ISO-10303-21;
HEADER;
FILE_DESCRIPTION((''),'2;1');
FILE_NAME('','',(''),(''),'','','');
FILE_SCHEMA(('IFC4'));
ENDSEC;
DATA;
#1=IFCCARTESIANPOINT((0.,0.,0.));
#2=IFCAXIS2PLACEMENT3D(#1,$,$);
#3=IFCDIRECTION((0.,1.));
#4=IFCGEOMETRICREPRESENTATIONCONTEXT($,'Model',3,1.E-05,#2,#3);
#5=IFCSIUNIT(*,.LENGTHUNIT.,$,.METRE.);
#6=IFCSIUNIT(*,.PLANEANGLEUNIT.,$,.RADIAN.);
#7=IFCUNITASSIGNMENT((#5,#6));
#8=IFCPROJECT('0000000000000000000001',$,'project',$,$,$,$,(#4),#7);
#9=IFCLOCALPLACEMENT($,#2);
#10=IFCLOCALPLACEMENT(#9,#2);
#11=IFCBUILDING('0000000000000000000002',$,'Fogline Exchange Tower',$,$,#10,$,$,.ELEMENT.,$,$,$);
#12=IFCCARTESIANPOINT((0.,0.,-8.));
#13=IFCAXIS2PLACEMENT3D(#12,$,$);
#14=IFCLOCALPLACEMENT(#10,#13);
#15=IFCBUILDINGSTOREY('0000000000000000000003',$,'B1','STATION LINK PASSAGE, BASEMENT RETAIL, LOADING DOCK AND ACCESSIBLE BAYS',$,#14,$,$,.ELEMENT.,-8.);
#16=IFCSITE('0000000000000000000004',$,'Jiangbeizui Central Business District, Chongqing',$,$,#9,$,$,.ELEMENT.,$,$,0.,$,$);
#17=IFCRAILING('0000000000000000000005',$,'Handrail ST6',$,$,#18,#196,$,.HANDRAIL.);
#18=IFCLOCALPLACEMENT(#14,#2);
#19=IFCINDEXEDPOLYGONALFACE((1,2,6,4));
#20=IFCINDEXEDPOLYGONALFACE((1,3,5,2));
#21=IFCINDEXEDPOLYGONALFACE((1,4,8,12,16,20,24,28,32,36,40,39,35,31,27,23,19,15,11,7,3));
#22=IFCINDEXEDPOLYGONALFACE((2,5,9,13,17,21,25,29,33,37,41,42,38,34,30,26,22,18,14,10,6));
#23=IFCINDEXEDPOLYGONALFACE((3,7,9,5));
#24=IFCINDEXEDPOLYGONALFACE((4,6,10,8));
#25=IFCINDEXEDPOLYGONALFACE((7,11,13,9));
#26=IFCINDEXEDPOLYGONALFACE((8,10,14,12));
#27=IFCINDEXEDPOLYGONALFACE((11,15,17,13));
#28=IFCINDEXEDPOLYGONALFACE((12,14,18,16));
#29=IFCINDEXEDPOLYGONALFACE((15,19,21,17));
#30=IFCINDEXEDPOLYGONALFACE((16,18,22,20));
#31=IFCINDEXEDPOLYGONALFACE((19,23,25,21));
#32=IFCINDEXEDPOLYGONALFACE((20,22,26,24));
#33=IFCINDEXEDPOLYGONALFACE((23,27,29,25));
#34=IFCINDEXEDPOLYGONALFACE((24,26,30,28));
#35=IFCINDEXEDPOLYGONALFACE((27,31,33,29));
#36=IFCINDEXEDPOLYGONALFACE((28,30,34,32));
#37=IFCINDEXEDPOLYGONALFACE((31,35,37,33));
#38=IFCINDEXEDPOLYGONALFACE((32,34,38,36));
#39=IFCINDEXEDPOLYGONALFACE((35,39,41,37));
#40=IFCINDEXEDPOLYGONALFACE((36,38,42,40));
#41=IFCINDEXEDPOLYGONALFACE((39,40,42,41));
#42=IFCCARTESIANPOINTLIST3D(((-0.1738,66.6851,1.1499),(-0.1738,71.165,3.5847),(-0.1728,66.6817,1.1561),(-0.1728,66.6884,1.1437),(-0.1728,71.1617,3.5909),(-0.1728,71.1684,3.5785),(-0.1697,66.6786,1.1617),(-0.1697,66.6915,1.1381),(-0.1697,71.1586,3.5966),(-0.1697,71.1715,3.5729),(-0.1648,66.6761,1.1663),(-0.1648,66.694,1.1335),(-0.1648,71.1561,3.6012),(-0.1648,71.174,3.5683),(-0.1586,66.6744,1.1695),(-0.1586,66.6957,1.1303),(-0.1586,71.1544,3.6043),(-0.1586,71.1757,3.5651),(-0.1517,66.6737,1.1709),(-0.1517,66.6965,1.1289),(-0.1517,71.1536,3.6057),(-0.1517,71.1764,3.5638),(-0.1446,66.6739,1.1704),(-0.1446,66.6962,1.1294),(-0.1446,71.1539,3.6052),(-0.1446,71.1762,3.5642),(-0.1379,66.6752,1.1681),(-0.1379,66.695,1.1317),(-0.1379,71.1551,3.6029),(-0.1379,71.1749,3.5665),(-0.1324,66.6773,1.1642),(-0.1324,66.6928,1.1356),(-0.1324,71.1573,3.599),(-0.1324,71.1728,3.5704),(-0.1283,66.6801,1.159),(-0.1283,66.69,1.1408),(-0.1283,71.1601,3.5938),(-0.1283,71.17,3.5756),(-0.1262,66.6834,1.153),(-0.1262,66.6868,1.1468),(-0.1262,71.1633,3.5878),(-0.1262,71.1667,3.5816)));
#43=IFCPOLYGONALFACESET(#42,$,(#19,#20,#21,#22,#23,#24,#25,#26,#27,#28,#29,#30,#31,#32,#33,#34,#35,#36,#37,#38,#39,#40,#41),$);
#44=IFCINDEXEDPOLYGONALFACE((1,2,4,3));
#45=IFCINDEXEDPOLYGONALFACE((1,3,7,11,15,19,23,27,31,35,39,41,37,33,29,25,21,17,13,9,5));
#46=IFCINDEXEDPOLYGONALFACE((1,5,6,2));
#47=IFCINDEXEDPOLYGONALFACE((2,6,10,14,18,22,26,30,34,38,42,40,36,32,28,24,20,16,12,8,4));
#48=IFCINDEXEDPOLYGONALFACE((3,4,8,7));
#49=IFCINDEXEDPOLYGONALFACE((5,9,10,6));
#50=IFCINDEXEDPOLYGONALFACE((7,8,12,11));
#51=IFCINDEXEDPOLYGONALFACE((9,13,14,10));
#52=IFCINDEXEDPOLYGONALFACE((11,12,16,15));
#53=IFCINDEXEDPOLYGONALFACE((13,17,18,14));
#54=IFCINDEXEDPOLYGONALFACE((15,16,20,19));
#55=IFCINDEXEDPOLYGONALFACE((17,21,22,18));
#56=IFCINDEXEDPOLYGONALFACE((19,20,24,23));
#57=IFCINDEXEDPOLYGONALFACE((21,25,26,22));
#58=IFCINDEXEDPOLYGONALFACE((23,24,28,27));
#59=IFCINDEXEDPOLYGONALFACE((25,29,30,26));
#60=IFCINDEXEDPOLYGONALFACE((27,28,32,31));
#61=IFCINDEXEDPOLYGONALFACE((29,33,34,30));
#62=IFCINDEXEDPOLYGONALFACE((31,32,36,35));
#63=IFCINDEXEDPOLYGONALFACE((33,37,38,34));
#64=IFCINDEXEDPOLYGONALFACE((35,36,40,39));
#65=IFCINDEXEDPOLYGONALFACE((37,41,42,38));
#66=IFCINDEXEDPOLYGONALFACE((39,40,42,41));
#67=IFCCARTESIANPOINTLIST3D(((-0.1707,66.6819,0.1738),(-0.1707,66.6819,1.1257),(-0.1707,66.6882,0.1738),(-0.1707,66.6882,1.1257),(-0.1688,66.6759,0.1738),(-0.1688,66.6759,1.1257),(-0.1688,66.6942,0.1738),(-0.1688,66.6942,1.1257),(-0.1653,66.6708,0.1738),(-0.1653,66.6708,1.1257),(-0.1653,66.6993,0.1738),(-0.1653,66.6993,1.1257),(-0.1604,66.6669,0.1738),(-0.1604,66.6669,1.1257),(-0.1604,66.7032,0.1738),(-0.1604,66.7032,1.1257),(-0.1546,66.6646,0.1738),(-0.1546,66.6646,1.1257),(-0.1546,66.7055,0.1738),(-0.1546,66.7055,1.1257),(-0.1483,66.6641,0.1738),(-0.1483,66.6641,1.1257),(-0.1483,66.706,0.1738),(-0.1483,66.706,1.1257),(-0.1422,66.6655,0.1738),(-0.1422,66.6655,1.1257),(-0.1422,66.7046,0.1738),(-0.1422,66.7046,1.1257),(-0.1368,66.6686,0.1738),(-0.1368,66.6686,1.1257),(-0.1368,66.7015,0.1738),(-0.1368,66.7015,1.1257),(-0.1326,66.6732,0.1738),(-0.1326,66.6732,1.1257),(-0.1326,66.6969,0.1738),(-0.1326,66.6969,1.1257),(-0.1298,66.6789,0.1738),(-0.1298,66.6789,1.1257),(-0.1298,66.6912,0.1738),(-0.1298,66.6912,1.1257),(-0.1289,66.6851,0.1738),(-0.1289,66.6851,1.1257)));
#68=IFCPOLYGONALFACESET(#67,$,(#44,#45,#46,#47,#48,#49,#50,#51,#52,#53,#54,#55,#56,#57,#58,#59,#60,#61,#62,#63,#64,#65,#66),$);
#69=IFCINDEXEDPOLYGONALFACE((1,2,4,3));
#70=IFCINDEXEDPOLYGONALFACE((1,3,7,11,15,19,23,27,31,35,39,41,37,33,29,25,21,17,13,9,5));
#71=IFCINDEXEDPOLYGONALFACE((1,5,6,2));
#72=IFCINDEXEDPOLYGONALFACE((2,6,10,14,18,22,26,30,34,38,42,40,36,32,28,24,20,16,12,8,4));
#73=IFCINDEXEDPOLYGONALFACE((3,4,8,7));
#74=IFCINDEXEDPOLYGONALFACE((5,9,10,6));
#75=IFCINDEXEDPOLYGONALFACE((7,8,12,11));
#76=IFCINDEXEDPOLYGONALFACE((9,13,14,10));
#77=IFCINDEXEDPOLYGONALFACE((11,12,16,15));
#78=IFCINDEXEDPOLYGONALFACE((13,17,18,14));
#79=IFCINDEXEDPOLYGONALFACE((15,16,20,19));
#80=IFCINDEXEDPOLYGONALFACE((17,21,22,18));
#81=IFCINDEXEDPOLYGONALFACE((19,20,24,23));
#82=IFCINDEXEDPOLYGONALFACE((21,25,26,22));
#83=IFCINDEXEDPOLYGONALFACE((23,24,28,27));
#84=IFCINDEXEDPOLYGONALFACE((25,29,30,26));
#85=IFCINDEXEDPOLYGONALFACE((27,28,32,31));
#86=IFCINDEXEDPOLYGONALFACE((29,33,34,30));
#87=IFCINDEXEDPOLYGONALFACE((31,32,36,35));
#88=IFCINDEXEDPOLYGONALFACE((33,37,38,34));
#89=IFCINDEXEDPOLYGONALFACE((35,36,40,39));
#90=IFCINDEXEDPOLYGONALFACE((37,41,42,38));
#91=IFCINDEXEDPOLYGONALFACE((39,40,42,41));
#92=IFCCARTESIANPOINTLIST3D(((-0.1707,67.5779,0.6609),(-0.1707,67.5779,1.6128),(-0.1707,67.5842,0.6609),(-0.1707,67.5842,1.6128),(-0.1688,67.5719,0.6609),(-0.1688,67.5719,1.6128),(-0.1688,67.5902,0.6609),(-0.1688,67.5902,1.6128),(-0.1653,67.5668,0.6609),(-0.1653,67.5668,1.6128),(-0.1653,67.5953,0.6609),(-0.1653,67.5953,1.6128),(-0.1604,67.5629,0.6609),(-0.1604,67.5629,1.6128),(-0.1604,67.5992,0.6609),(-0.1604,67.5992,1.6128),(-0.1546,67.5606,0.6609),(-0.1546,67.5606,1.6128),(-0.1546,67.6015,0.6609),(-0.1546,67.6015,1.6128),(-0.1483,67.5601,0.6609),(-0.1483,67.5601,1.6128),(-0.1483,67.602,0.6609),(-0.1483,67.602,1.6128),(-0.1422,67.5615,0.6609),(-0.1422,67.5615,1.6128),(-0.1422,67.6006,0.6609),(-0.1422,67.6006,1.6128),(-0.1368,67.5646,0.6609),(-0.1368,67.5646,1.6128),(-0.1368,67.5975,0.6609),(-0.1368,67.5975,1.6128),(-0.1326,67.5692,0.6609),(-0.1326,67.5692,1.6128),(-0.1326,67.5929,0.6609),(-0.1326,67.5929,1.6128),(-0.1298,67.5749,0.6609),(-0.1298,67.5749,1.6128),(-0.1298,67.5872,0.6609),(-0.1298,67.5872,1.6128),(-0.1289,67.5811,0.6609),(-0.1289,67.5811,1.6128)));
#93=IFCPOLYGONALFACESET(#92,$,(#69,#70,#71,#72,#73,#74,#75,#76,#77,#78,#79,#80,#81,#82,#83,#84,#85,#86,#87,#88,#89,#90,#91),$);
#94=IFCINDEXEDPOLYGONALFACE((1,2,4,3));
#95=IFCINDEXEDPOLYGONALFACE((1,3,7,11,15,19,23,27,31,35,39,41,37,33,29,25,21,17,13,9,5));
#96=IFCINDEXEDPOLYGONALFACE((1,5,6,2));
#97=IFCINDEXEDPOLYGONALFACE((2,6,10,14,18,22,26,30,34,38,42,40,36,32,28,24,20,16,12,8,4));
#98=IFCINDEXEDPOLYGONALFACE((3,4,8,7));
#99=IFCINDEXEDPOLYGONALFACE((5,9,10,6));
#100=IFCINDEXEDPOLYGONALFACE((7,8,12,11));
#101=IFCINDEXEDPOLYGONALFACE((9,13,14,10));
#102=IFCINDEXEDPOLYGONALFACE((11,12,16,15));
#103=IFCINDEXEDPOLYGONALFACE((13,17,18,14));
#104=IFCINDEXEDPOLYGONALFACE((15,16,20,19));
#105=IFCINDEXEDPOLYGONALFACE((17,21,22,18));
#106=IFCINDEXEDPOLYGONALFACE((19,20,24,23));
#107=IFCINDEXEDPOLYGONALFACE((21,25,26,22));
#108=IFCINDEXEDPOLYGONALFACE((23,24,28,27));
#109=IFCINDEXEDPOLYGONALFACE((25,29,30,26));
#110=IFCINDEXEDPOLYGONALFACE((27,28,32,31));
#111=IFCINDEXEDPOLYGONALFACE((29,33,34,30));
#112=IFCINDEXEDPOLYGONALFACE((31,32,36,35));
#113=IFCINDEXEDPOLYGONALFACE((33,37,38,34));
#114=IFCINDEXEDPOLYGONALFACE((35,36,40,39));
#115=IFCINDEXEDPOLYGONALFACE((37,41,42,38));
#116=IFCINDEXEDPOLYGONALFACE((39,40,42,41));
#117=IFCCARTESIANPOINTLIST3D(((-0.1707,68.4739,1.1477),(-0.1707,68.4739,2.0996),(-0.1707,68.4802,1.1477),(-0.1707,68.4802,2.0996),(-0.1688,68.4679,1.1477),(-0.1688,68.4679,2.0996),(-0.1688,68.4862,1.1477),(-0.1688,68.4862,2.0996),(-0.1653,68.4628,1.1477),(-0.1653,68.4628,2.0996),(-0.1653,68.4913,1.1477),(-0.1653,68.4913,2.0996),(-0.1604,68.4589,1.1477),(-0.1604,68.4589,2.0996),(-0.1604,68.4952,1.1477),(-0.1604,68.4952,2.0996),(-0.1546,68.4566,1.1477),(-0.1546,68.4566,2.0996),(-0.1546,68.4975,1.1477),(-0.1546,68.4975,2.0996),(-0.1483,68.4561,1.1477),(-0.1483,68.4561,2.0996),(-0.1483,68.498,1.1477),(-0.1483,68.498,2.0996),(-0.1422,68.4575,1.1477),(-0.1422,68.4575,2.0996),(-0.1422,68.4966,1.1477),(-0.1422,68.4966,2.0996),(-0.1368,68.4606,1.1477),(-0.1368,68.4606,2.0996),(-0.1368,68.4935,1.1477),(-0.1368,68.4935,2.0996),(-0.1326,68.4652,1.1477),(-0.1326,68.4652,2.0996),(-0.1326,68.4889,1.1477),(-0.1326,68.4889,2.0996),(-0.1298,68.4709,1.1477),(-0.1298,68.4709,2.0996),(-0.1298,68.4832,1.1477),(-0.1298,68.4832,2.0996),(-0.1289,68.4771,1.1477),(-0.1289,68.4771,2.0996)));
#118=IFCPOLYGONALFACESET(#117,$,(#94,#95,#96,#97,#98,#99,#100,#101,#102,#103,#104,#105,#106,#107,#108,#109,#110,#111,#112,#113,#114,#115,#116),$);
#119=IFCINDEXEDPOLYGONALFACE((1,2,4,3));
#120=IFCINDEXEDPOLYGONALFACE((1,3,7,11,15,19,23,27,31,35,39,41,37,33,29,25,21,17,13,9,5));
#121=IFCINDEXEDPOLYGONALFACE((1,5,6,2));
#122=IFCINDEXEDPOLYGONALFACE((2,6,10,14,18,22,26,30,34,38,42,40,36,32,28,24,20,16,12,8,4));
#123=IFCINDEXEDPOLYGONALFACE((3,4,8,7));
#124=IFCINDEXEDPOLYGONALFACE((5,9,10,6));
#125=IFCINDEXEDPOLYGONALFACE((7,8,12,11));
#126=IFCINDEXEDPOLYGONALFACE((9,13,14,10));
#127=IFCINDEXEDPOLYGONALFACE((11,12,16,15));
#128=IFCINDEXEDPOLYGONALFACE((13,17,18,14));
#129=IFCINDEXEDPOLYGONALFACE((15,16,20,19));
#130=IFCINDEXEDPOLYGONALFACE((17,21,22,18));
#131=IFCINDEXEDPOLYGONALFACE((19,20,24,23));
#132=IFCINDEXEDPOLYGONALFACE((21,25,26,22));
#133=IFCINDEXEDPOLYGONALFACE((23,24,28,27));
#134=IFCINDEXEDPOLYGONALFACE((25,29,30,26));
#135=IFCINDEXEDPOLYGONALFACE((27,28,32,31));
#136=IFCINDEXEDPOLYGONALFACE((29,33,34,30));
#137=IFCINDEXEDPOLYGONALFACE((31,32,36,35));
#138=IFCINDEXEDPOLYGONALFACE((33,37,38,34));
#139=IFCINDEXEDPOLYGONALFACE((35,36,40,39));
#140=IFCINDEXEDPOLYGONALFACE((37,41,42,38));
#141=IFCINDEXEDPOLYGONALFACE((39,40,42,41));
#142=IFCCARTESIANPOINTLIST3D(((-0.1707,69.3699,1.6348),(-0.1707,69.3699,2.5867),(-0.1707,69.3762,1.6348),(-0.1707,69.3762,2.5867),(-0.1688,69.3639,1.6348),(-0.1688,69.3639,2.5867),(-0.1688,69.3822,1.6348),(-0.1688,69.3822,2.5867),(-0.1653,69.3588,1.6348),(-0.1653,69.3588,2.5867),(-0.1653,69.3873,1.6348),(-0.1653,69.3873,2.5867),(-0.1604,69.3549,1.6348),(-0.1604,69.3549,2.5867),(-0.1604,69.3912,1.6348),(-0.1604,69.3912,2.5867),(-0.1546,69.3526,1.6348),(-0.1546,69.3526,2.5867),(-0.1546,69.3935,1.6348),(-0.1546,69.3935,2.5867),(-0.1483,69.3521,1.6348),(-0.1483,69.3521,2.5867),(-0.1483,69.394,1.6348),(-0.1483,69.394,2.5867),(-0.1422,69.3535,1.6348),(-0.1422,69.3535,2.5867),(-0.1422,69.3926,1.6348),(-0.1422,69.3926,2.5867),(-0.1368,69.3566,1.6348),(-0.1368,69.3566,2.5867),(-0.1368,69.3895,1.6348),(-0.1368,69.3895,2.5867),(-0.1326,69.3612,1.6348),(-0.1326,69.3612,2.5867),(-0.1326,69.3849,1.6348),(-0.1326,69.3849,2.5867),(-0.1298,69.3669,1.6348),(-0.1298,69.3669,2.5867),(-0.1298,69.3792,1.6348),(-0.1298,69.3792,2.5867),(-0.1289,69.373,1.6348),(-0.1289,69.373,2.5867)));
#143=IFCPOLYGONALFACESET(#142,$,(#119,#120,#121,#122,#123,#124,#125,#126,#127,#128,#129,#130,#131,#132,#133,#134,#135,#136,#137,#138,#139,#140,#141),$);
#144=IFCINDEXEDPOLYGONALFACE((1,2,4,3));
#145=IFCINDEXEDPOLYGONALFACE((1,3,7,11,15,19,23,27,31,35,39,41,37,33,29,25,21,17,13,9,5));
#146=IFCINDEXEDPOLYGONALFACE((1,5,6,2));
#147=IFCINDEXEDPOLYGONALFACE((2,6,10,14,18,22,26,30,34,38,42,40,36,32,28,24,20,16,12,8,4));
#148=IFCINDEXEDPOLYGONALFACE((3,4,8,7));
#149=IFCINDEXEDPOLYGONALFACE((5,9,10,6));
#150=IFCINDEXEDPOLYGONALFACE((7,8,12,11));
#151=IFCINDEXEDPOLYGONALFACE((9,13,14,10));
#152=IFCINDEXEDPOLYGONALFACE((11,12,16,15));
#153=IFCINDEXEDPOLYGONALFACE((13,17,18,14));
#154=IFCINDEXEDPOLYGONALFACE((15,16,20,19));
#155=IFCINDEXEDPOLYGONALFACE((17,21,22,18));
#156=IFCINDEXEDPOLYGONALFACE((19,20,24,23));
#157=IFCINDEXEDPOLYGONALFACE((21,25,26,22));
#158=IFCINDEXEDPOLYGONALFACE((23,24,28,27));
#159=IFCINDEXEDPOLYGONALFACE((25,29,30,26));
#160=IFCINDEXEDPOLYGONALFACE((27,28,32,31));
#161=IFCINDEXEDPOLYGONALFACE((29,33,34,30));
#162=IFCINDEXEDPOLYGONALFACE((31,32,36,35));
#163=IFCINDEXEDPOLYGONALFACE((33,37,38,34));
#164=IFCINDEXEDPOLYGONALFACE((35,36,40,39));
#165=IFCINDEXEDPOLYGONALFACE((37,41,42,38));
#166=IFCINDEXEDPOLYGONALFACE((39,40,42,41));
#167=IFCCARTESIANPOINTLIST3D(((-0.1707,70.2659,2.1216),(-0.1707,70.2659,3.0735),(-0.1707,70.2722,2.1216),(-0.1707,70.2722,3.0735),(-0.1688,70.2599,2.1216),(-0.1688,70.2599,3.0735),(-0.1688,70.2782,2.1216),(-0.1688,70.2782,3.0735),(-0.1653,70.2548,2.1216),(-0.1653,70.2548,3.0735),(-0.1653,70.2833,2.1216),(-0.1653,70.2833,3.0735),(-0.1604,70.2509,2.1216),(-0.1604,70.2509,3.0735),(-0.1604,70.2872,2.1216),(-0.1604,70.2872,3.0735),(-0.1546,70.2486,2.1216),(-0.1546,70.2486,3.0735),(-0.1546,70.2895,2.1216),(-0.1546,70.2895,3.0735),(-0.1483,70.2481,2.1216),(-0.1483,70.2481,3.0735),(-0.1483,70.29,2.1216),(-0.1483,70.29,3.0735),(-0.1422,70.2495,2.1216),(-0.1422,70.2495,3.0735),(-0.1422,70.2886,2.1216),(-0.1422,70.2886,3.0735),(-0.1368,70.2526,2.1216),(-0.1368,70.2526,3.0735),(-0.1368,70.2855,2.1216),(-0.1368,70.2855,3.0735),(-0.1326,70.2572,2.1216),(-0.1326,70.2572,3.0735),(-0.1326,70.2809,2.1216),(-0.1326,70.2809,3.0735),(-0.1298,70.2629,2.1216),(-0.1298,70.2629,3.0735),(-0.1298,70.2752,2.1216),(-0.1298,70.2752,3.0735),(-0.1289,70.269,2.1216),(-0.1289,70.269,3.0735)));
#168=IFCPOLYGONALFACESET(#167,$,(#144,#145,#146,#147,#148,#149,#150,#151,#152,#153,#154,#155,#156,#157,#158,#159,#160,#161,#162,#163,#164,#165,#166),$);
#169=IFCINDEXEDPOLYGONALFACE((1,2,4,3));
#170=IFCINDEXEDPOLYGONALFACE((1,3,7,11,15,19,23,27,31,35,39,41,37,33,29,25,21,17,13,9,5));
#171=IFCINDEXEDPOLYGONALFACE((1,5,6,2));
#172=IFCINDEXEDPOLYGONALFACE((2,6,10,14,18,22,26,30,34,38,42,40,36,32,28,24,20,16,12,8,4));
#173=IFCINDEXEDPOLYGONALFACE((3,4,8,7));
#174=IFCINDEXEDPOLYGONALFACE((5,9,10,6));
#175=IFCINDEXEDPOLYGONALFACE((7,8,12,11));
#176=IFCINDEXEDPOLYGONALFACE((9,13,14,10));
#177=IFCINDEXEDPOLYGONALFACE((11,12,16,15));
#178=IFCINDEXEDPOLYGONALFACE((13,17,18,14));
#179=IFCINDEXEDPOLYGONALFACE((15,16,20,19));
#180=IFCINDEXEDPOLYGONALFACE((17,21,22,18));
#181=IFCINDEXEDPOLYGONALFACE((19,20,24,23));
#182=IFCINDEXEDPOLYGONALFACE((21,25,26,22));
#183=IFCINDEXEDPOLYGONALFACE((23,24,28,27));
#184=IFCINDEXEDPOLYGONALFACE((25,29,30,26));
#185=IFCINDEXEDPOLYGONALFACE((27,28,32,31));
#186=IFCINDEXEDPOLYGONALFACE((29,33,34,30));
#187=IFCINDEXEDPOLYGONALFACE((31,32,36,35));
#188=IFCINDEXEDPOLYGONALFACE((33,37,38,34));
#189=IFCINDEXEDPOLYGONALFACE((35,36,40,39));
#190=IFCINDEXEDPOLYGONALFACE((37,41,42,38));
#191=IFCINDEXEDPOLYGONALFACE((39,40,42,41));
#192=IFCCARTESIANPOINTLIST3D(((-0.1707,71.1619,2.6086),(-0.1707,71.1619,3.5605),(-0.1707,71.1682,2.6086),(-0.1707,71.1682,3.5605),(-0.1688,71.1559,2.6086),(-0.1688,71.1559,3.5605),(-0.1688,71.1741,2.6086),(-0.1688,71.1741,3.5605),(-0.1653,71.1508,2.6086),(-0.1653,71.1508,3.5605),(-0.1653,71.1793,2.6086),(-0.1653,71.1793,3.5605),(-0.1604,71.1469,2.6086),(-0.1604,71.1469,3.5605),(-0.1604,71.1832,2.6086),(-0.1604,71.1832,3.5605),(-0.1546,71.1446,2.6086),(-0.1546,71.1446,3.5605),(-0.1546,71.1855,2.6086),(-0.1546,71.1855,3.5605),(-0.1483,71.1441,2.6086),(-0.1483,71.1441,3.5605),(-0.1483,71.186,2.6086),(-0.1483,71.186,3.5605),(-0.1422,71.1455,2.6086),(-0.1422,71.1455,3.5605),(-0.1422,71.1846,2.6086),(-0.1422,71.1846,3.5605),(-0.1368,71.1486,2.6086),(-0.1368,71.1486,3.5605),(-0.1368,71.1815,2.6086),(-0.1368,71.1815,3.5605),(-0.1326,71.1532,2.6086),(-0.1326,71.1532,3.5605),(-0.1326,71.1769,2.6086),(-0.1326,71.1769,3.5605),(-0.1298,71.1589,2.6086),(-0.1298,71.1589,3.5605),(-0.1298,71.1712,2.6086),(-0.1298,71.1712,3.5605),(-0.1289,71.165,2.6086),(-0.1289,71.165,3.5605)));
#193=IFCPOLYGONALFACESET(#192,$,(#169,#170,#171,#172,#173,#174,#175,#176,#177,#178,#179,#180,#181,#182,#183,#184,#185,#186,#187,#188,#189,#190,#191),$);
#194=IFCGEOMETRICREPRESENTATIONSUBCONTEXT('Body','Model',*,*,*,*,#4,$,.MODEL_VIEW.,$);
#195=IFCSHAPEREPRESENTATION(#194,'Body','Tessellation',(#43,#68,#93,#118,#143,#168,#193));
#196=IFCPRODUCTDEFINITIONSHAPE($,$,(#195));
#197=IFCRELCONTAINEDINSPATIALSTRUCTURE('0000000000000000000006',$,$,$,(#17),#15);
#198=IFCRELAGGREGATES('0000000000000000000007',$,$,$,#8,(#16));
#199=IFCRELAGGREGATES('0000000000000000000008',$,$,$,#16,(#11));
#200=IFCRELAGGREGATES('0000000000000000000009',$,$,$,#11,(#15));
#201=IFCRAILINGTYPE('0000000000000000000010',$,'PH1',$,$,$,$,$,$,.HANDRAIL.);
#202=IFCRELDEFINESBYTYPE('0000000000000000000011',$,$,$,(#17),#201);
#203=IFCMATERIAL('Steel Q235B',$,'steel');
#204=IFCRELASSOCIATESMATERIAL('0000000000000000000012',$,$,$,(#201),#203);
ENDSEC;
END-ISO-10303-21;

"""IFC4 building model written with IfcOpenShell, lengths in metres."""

from ifc_helpers import new_model, si_unit, direction, frame, origin, origin_2d, place, context, subcontext, project, spatial, circle, extrude, material, type_object, element, save


model = new_model("IFC4")

# Units and contexts
model_context = context("Model", 3, precision=1e-05, world=origin(), true_north=direction((0.0, 1.0)))
body_context = subcontext(model_context, "Body", "Model", "MODEL_VIEW")
ifc_project = project(units=[si_unit("LENGTHUNIT", "METRE"), si_unit("PLANEANGLEUNIT", "RADIAN")], contexts=[model_context])

# Site, building, storey
site_placement = place(None, origin())
site = spatial("IfcSite", under=ifc_project, at=site_placement, Name="Jiangbeizui Central Business District, Chongqing", CompositionType="ELEMENT", RefElevation=0.0)
building_placement = place(site_placement, origin())
building = spatial("IfcBuilding", under=site, at=building_placement, Name="Fogline Exchange Tower", CompositionType="ELEMENT")
storey_placement = place(building_placement, frame((0.0, 0.0, -8.0)))
storey = spatial("IfcBuildingStorey", under=building, at=storey_placement, Name="B1", Description="STATION LINK PASSAGE, BASEMENT RETAIL, LOADING DOCK AND ACCESSIBLE BAYS", CompositionType="ELEMENT", Elevation=-8.0)

# Railing
ifc_material_1 = material(Name="Steel Q235B", Category="steel")
railing_type_1 = type_object("IfcRailingType", Name="PH1", PredefinedType="HANDRAIL", material=ifc_material_1)
for number, where, name in (
    (1, (-0.1499, 66.6851, 0.1738), "Handrail ST6"),
):
    element("IfcRailing", number, at=place(storey_placement, frame(where)), inside=storey, type_object=railing_type_1, Name=name, PredefinedType="HANDRAIL", context=body_context, shape_type="SweptSolid", body=[
        extrude(circle(Radius=0.0239, at=origin_2d()), frame((0.0, 0.0, 0.9761), z_axis=(0.0, 0.878621, 0.47752), x_axis=(-1.0, 0.0, 0.0)), (0.0, 0.0, 1.0), 5.0989),
        extrude(circle(Radius=0.021, at=origin_2d()), origin(), (0.0, 0.0, 1.0), 0.9519),
        extrude(circle(Radius=0.021, at=origin_2d()), frame((0.0, 0.896, 0.4871)), (0.0, 0.0, 1.0), 0.9519),
        extrude(circle(Radius=0.021, at=origin_2d()), frame((0.0, 1.792, 0.9739)), (0.0, 0.0, 1.0), 0.9519),
        extrude(circle(Radius=0.021, at=origin_2d()), frame((0.0, 2.688, 1.4609)), (0.0, 0.0, 1.0), 0.9519),
        extrude(circle(Radius=0.021, at=origin_2d()), frame((0.0, 3.584, 1.9478)), (0.0, 0.0, 1.0), 0.9519),
        extrude(circle(Radius=0.021, at=origin_2d()), frame((0.0, 4.48, 2.4348)), (0.0, 0.0, 1.0), 0.9519),
    ])

save(model, "model.ifc")
